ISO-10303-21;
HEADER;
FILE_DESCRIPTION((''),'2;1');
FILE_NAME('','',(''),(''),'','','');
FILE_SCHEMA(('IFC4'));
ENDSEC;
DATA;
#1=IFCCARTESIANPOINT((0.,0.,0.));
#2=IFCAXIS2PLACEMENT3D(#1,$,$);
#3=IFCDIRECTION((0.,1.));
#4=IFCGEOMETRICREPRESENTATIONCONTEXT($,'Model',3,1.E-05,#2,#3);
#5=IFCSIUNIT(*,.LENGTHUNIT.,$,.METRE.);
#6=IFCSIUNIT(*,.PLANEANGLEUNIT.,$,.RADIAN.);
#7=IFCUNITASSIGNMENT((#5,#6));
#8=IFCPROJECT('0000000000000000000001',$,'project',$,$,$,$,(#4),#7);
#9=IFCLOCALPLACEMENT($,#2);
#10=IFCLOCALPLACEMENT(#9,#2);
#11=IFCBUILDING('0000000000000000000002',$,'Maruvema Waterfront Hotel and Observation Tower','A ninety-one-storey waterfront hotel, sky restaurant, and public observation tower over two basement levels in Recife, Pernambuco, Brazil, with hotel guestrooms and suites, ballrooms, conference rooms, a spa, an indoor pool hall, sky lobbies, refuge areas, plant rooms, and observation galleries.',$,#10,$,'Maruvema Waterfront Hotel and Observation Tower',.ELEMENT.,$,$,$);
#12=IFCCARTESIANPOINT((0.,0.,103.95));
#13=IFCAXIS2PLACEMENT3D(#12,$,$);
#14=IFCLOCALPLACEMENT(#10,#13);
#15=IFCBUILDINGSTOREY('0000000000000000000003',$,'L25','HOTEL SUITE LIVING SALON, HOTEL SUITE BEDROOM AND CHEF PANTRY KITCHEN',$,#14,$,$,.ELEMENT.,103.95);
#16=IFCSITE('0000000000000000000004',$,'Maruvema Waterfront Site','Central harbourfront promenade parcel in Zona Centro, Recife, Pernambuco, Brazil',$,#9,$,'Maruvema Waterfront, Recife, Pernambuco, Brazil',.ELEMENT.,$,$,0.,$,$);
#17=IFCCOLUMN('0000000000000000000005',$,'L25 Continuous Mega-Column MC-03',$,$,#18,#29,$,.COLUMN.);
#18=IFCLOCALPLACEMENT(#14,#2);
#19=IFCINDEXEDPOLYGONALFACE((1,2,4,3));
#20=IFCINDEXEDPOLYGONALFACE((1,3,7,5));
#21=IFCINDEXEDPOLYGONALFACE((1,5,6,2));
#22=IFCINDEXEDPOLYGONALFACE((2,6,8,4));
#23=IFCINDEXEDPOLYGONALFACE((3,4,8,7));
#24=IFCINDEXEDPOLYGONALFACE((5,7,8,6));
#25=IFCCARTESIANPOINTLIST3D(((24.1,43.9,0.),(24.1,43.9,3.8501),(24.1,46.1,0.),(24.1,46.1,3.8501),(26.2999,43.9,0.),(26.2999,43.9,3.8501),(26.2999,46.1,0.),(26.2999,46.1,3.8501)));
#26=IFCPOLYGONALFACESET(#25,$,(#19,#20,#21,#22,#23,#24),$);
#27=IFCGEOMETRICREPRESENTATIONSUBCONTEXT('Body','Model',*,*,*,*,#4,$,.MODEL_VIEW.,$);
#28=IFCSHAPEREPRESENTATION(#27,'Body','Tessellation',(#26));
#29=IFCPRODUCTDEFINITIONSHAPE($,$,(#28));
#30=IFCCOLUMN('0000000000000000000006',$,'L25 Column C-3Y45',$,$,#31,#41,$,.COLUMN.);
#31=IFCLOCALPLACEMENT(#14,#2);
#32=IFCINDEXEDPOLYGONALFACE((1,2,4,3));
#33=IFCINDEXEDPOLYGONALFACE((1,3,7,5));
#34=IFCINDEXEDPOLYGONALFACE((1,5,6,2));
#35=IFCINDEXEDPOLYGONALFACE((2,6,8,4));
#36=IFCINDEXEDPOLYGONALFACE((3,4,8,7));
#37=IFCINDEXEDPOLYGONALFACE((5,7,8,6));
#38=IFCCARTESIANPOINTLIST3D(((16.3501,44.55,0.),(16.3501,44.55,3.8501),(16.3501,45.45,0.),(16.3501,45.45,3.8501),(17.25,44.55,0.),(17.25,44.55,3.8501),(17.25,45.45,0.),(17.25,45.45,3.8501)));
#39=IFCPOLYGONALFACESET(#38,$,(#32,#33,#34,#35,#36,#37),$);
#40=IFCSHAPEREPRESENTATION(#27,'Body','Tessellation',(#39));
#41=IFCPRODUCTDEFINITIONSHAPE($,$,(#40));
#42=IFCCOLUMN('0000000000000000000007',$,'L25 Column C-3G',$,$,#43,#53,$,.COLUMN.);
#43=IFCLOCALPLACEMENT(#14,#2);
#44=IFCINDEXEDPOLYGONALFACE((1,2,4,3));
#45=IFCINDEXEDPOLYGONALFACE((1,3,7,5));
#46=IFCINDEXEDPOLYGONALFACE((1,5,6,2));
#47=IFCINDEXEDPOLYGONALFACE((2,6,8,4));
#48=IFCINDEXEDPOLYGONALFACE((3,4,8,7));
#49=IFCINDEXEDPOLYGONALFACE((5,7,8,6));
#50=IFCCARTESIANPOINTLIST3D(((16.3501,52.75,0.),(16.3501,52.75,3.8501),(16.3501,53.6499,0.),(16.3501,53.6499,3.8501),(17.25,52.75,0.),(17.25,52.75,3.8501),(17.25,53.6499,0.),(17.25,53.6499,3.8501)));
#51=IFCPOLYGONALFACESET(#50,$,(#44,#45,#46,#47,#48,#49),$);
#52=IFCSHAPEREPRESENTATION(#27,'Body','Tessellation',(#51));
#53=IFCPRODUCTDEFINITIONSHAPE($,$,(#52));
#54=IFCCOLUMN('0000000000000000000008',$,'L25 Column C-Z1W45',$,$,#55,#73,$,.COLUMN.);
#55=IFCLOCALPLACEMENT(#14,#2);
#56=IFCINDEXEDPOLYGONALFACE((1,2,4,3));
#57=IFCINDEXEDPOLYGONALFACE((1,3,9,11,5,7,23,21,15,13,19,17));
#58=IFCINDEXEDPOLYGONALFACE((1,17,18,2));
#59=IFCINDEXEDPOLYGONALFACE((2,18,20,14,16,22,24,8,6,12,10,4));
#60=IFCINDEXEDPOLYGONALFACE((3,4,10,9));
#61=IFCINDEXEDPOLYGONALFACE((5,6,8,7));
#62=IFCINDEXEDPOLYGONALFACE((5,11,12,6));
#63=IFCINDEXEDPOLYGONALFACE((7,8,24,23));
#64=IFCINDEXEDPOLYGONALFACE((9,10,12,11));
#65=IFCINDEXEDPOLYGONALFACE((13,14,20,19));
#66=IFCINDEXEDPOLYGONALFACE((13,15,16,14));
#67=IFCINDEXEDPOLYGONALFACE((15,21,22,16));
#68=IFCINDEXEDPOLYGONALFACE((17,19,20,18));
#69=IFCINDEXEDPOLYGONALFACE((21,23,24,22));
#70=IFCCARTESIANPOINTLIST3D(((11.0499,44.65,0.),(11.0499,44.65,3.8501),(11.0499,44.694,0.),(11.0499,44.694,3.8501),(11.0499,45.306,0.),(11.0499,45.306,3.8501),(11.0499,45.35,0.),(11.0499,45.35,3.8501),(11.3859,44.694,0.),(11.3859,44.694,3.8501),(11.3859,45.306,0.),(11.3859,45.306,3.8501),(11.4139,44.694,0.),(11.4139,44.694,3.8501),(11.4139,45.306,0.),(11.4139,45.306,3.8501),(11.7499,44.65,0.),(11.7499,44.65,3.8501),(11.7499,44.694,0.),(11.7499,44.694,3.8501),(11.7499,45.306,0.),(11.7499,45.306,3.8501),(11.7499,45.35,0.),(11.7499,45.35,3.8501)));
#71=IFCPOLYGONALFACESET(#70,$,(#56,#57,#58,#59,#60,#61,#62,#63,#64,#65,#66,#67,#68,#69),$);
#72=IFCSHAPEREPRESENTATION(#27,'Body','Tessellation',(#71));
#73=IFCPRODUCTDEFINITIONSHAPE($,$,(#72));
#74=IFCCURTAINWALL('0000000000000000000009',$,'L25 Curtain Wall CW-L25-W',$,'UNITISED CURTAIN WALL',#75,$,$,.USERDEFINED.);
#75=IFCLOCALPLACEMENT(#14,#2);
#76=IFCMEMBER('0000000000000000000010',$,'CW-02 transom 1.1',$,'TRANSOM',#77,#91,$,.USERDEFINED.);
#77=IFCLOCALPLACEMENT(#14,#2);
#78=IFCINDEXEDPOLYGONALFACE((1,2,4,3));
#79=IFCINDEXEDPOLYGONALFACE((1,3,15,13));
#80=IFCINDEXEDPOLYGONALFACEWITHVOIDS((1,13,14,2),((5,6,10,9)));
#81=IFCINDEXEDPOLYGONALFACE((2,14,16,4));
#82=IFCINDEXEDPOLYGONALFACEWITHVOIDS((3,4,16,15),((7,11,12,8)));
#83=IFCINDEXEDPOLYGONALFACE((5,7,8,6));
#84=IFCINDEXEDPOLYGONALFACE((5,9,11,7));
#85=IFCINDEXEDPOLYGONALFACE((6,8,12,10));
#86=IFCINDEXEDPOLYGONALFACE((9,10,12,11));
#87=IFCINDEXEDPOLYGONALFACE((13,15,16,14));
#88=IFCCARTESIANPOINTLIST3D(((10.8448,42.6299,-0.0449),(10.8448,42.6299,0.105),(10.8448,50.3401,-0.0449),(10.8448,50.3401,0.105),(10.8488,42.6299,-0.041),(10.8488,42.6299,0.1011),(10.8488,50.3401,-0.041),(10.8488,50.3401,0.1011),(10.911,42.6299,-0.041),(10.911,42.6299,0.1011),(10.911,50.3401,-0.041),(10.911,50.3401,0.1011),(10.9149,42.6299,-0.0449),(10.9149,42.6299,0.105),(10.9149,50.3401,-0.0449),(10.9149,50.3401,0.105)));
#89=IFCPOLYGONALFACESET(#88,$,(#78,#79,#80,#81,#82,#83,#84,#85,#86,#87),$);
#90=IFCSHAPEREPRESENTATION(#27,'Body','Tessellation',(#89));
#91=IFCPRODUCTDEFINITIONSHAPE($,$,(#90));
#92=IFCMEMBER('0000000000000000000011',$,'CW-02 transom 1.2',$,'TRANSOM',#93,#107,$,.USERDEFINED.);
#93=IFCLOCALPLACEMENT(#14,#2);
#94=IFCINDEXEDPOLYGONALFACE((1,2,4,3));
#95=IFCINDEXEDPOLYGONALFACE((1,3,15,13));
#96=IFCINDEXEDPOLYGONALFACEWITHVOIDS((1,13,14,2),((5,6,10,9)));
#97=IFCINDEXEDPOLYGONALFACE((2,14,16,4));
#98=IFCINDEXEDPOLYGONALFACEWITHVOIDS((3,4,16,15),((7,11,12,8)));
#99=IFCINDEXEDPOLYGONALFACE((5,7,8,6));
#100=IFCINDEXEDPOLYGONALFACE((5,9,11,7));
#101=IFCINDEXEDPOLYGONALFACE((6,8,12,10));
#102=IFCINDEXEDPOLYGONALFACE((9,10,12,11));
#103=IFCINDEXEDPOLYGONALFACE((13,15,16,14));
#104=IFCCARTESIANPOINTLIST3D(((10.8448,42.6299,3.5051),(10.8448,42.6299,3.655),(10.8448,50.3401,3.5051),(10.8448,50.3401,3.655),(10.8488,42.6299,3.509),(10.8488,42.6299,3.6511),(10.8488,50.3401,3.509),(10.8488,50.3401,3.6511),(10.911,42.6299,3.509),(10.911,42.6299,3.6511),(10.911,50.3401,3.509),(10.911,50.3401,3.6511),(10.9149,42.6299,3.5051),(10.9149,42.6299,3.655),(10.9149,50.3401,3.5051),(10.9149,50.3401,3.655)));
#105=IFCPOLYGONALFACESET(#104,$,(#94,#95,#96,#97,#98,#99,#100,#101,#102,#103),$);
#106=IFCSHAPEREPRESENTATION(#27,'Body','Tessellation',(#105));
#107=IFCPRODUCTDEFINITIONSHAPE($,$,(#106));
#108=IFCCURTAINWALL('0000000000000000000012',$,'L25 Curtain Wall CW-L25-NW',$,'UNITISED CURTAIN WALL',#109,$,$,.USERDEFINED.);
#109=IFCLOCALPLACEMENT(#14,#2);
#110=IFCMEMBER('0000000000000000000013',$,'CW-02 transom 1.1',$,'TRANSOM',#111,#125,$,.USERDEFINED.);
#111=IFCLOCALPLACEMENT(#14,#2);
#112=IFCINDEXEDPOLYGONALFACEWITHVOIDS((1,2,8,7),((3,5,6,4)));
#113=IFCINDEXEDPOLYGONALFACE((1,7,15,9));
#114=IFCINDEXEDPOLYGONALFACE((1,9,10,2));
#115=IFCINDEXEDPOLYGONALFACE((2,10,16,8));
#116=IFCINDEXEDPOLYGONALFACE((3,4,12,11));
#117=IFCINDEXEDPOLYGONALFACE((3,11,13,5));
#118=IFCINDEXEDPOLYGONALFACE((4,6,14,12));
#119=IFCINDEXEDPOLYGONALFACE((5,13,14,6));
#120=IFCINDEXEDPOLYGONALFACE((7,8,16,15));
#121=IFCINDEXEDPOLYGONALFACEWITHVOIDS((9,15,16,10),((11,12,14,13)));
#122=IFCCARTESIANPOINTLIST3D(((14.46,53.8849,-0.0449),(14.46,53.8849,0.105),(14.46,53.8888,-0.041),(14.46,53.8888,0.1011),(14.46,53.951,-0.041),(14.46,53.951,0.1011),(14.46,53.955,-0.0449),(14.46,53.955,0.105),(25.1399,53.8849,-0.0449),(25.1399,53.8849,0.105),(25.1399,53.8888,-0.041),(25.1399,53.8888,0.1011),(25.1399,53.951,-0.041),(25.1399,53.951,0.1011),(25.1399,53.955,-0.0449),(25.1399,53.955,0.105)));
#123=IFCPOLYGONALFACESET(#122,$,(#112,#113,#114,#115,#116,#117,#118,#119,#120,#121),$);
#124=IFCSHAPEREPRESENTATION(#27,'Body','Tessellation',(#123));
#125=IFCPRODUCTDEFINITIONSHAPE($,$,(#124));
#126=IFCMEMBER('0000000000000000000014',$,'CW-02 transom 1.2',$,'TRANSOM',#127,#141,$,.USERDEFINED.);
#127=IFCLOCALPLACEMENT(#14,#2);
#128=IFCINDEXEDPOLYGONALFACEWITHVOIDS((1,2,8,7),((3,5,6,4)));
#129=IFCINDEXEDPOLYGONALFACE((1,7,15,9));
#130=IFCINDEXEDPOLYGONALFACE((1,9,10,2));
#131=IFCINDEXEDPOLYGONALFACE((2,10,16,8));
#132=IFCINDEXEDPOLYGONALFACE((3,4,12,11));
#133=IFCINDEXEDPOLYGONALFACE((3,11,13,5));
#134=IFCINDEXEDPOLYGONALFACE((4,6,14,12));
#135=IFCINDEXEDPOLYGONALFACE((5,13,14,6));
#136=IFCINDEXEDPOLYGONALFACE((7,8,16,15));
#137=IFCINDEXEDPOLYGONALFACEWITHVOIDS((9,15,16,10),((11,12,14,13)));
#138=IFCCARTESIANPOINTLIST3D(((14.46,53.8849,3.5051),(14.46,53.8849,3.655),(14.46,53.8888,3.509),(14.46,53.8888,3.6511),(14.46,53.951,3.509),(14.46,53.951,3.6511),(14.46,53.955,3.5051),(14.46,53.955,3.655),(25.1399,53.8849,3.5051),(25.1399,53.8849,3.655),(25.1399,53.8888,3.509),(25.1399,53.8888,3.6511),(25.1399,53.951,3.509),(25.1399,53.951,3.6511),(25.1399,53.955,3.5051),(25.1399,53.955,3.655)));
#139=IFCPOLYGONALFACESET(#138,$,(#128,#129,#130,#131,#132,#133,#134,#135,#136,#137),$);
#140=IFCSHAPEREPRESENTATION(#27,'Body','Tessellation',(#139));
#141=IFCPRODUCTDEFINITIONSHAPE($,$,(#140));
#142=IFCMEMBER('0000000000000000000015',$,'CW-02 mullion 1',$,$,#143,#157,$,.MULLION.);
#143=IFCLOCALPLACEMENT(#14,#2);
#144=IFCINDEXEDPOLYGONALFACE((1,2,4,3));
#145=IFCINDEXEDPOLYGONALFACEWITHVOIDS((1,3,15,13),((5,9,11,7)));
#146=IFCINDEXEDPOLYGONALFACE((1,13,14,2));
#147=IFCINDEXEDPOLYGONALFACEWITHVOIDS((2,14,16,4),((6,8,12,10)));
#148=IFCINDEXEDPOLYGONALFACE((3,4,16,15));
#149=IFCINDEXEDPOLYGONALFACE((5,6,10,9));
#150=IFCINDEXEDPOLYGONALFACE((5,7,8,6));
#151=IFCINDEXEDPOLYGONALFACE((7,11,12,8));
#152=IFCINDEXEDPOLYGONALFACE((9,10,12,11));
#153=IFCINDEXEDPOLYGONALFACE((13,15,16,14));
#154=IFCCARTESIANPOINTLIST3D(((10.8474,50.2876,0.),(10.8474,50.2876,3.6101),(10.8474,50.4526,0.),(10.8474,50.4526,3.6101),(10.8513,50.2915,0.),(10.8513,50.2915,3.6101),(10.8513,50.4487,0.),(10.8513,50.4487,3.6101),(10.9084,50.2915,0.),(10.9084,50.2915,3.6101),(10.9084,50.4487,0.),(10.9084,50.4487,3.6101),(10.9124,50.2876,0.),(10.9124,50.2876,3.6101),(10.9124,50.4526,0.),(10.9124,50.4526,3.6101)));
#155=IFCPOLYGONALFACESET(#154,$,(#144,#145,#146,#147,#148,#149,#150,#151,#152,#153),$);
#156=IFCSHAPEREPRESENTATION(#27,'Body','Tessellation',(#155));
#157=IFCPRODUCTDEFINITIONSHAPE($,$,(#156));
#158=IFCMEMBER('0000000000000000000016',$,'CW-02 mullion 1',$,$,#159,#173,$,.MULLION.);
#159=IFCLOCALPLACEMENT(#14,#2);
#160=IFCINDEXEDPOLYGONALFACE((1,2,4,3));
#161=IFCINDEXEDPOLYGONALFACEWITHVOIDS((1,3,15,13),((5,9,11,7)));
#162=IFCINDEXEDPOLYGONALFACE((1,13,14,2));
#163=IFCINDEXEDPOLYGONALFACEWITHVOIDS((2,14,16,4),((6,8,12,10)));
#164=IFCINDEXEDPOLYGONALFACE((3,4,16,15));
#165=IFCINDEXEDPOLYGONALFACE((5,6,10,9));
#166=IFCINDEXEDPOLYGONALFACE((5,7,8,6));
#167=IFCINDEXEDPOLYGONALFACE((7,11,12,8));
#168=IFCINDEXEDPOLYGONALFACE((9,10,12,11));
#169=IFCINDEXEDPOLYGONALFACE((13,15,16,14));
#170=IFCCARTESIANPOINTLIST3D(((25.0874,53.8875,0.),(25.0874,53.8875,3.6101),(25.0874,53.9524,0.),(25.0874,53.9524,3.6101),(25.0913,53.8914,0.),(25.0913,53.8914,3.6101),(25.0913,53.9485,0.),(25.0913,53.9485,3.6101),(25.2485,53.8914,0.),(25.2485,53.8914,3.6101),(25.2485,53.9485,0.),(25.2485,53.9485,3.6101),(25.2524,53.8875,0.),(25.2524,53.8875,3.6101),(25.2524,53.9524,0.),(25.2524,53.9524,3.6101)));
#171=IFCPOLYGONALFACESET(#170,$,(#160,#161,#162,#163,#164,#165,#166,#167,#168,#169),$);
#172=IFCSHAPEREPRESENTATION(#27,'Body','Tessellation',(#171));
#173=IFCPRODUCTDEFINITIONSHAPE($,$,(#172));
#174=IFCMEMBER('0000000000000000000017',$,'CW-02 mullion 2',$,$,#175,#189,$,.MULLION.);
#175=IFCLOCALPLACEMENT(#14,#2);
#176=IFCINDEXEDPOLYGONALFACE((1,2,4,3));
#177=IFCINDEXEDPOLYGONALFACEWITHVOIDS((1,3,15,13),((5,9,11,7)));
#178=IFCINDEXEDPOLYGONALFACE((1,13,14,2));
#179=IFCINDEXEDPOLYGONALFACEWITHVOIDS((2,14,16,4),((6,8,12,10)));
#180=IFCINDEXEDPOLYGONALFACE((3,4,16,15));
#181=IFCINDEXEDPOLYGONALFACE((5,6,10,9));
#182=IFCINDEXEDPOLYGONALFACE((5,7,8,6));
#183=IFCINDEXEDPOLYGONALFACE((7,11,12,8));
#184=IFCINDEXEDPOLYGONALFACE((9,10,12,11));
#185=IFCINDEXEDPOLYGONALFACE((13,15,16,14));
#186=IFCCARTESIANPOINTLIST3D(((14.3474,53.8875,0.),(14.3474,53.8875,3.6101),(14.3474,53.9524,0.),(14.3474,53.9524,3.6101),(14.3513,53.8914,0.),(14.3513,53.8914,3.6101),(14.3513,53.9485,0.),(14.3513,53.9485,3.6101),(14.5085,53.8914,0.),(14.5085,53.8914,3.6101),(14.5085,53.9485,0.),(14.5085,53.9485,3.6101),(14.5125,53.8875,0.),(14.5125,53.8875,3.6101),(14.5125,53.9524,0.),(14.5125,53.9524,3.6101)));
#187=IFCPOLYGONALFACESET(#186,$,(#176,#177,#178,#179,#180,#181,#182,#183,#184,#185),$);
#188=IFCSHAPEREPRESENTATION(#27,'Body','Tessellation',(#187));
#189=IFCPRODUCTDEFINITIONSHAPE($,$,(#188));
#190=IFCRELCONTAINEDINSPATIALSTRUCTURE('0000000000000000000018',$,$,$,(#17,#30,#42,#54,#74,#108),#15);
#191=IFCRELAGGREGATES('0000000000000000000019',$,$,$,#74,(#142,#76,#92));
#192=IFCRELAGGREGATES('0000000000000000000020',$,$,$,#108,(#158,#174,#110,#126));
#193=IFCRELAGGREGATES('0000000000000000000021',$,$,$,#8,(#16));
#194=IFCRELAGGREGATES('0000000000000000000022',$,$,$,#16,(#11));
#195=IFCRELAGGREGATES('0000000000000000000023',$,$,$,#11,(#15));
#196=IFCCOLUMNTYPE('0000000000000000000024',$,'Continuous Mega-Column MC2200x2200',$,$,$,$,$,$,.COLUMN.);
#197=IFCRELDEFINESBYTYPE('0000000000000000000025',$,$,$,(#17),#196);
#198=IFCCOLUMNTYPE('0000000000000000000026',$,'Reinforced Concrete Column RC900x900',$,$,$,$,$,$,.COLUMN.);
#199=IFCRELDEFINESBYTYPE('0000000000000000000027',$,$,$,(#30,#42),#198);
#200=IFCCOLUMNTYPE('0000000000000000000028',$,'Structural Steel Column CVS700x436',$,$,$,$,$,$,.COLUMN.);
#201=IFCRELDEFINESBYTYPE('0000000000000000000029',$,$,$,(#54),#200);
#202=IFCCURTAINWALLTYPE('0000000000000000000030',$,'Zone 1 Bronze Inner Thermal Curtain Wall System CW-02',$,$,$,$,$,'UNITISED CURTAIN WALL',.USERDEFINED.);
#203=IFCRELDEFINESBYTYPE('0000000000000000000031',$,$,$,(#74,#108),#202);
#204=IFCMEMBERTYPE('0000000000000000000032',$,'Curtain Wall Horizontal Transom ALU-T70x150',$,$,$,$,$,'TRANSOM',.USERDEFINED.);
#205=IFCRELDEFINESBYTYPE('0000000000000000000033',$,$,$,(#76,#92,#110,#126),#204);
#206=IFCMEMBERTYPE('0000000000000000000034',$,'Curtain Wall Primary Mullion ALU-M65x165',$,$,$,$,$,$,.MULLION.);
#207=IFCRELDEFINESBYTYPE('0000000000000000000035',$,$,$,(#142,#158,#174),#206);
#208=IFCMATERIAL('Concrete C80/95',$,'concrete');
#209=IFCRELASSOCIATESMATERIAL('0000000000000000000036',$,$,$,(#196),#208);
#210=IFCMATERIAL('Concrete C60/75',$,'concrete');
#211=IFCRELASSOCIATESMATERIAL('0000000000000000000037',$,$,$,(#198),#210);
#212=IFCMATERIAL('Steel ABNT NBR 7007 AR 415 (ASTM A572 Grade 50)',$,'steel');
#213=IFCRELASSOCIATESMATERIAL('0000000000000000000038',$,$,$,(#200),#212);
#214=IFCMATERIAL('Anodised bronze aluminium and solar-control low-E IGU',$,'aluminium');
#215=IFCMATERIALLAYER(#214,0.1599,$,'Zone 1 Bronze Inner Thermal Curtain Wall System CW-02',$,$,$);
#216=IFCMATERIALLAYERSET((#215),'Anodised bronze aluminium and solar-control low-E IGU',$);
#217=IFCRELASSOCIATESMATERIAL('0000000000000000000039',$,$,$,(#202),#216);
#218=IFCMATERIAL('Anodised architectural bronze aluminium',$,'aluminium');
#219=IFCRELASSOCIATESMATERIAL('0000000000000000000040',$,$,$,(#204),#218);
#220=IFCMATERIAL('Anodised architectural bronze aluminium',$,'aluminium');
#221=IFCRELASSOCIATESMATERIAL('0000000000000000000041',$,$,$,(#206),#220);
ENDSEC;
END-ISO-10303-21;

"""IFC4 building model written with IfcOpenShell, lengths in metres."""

from ifc_helpers import new_model, si_unit, direction, frame, origin, origin_2d, place, context, subcontext, project, spatial, rectangle, hollow_rectangle, i_section, extrude, material, layer, layer_set, material_profile, profile_set, type_object, element, aggregate, save


model = new_model("IFC4")

# Units and contexts
model_context = context("Model", 3, precision=1e-05, world=origin(), true_north=direction((0.0, 1.0)))
body_context = subcontext(model_context, "Body", "Model", "MODEL_VIEW")
ifc_project = project(units=[si_unit("LENGTHUNIT", "METRE"), si_unit("PLANEANGLEUNIT", "RADIAN")], contexts=[model_context])

# Site, building, storey
site_placement = place(None, origin())
site = spatial("IfcSite", under=ifc_project, at=site_placement, Name="Maruvema Waterfront Site", Description="Central harbourfront promenade parcel in Zona Centro, Recife, Pernambuco, Brazil", LongName="Maruvema Waterfront, Recife, Pernambuco, Brazil", CompositionType="ELEMENT", RefElevation=0.0)
building_placement = place(site_placement, origin())
building = spatial("IfcBuilding", under=site, at=building_placement, Name="Maruvema Waterfront Hotel and Observation Tower", Description="A ninety-one-storey waterfront hotel, sky restaurant, and public observation tower over two basement levels in Recife, Pernambuco, Brazil, with hotel guestrooms and suites, ballrooms, conference rooms, a spa, an indoor pool hall, sky lobbies, refuge areas, plant rooms, and observation galleries.", LongName="Maruvema Waterfront Hotel and Observation Tower", CompositionType="ELEMENT")
storey_placement = place(building_placement, frame((0.0, 0.0, 103.95)))
storey = spatial("IfcBuildingStorey", under=building, at=storey_placement, Name="L25", Description="HOTEL SUITE LIVING SALON, HOTEL SUITE BEDROOM AND CHEF PANTRY KITCHEN", CompositionType="ELEMENT", Elevation=103.95)

# Columns
ifc_material_1 = material(Name="Concrete C80/95", Category="concrete")
ifc_material_profile_1 = material_profile(ifc_material_1, rectangle(XDim=2.2, YDim=2.2, at=origin_2d()), Name="MC2200x2200")
ifc_profile_set_1 = profile_set([ifc_material_profile_1], Name="Concrete C80/95")
column_type_1 = type_object("IfcColumnType", Name="Continuous Mega-Column MC2200x2200", PredefinedType="COLUMN", material=ifc_profile_set_1)
column_1_placement = place(storey_placement, frame((25.2, 45.0, 0.0), z_axis=(0.0, 0.0, 1.0), x_axis=(1.0, 0.0, 0.0)))
element("IfcColumn", 1, at=column_1_placement, inside=storey, type_object=column_type_1, Name="L25 Continuous Mega-Column MC-03", PredefinedType="COLUMN", context=body_context, shape_type="SweptSolid", body=[
    extrude(rectangle(XDim=2.2, YDim=2.2, at=origin_2d()), origin(), (0.0, 0.0, 1.0), 3.8501),
])
ifc_material_2 = material(Name="Concrete C60/75", Category="concrete")
ifc_material_profile_2 = material_profile(ifc_material_2, rectangle(XDim=0.8999, YDim=0.8999, at=origin_2d()), Name="RC900x900")
ifc_profile_set_2 = profile_set([ifc_material_profile_2], Name="Concrete C60/75")
column_type_2 = type_object("IfcColumnType", Name="Reinforced Concrete Column RC900x900", PredefinedType="COLUMN", material=ifc_profile_set_2)
for number, where, z_axis, x_axis, name in (
    (2, (16.8, 45.0, 0.0), (0.0, 0.0, 1.0), (1.0, 0.0, 0.0), "L25 Column C-3Y45"),
    (3, (16.8, 53.2, 0.0), (0.0, 0.0, 1.0), (1.0, 0.0, 0.0), "L25 Column C-3G"),
):
    element("IfcColumn", number, at=place(storey_placement, frame(where, z_axis=z_axis, x_axis=x_axis)), inside=storey, type_object=column_type_2, Name=name, PredefinedType="COLUMN", context=body_context, shape_type="SweptSolid", body=[
        extrude(rectangle(XDim=0.8999, YDim=0.8999, at=origin_2d()), origin(), (0.0, 0.0, 1.0), 3.8501),
    ])
ifc_material_3 = material(Name="Steel ABNT NBR 7007 AR 415 (ASTM A572 Grade 50)", Category="steel")
ifc_material_profile_3 = material_profile(ifc_material_3, i_section(OverallWidth=0.7, OverallDepth=0.7, WebThickness=0.0281, FlangeThickness=0.0439, at=origin_2d()), Name="CVS700x436")
ifc_profile_set_3 = profile_set([ifc_material_profile_3], Name="Steel ABNT NBR 7007 AR 415 (ASTM A572 Grade 50)")
column_type_3 = type_object("IfcColumnType", Name="Structural Steel Column CVS700x436", PredefinedType="COLUMN", material=ifc_profile_set_3)
column_2_placement = place(storey_placement, frame((11.3999, 45.0, 0.0), z_axis=(0.0, 0.0, 1.0), x_axis=(1.0, 0.0, 0.0)))
element("IfcColumn", 4, at=column_2_placement, inside=storey, type_object=column_type_3, Name="L25 Column C-Z1W45", PredefinedType="COLUMN", context=body_context, shape_type="SweptSolid", body=[
    extrude(i_section(OverallWidth=0.7, OverallDepth=0.7, WebThickness=0.0281, FlangeThickness=0.0439, at=origin_2d()), origin(), (0.0, 0.0, 1.0), 3.8501),
])

# Curtain walls, members
ifc_material_4 = material(Name="Anodised bronze aluminium and solar-control low-E IGU", Category="aluminium")
ifc_layer_1 = layer(ifc_material_4, 0.1599, Name="Zone 1 Bronze Inner Thermal Curtain Wall System CW-02")
ifc_layer_set_1 = layer_set([ifc_layer_1], Name="Anodised bronze aluminium and solar-control low-E IGU")
curtain_wall_type = type_object("IfcCurtainWallType", Name="Zone 1 Bronze Inner Thermal Curtain Wall System CW-02", ElementType="UNITISED CURTAIN WALL", PredefinedType="USERDEFINED", material=ifc_layer_set_1)
curtain_wall_1_placement = place(storey_placement, origin())
curtain_wall_1 = element("IfcCurtainWall", 5, at=curtain_wall_1_placement, inside=storey, type_object=curtain_wall_type, Name="L25 Curtain Wall CW-L25-W", ObjectType="UNITISED CURTAIN WALL", PredefinedType="USERDEFINED")
ifc_material_5 = material(Name="Anodised architectural bronze aluminium", Category="aluminium")
ifc_material_profile_4 = material_profile(ifc_material_5, hollow_rectangle(XDim=0.0701, YDim=0.1499, WallThickness=0.0039, at=origin_2d()), Name="ALU-T70x150")
ifc_profile_set_4 = profile_set([ifc_material_profile_4], Name="Anodised architectural bronze aluminium")
member_type_1 = type_object("IfcMemberType", Name="Curtain Wall Horizontal Transom ALU-T70x150", ElementType="TRANSOM", PredefinedType="USERDEFINED", material=ifc_profile_set_4)
member_1_placement = place(storey_placement, frame((10.8799, 50.3401, 0.03), z_axis=(0.0, -1.0, 0.0), x_axis=(1.0, 0.0, 0.0)))
member_1 = element("IfcMember", 6, at=member_1_placement, type_object=member_type_1, Name="CW-02 transom 1.1", ObjectType="TRANSOM", PredefinedType="USERDEFINED", context=body_context, shape_type="SweptSolid", body=[
    extrude(hollow_rectangle(XDim=0.0701, YDim=0.1499, WallThickness=0.0039, at=origin_2d()), origin(), (0.0, 0.0, 1.0), 7.7102),
])
member_2_placement = place(storey_placement, frame((10.8799, 50.3401, 3.5801), z_axis=(0.0, -1.0, 0.0), x_axis=(1.0, 0.0, 0.0)))
member_2 = element("IfcMember", 7, at=member_2_placement, type_object=member_type_1, Name="CW-02 transom 1.2", ObjectType="TRANSOM", PredefinedType="USERDEFINED", context=body_context, shape_type="SweptSolid", body=[
    extrude(hollow_rectangle(XDim=0.0701, YDim=0.1499, WallThickness=0.0039, at=origin_2d()), origin(), (0.0, 0.0, 1.0), 7.7102),
])
curtain_wall_2_placement = place(storey_placement, origin())
curtain_wall_2 = element("IfcCurtainWall", 8, at=curtain_wall_2_placement, inside=storey, type_object=curtain_wall_type, Name="L25 Curtain Wall CW-L25-NW", ObjectType="UNITISED CURTAIN WALL", PredefinedType="USERDEFINED")
member_3_placement = place(storey_placement, frame((25.1399, 53.9199, 0.03), z_axis=(-1.0, 0.0, 0.0), x_axis=(0.0, -1.0, 0.0)))
member_3 = element("IfcMember", 9, at=member_3_placement, type_object=member_type_1, Name="CW-02 transom 1.1", ObjectType="TRANSOM", PredefinedType="USERDEFINED", context=body_context, shape_type="SweptSolid", body=[
    extrude(hollow_rectangle(XDim=0.0701, YDim=0.1499, WallThickness=0.0039, at=origin_2d()), origin(), (0.0, 0.0, 1.0), 10.6799),
])
member_4_placement = place(storey_placement, frame((25.1399, 53.9199, 3.5801), z_axis=(-1.0, 0.0, 0.0), x_axis=(0.0, -1.0, 0.0)))
member_4 = element("IfcMember", 10, at=member_4_placement, type_object=member_type_1, Name="CW-02 transom 1.2", ObjectType="TRANSOM", PredefinedType="USERDEFINED", context=body_context, shape_type="SweptSolid", body=[
    extrude(hollow_rectangle(XDim=0.0701, YDim=0.1499, WallThickness=0.0039, at=origin_2d()), origin(), (0.0, 0.0, 1.0), 10.6799),
])

# Members
ifc_material_6 = material(Name="Anodised architectural bronze aluminium", Category="aluminium")
ifc_material_profile_5 = material_profile(ifc_material_6, hollow_rectangle(XDim=0.0649, YDim=0.165, WallThickness=0.0039, at=origin_2d()), Name="ALU-M65x165")
ifc_profile_set_5 = profile_set([ifc_material_profile_5], Name="Anodised architectural bronze aluminium")
member_type_2 = type_object("IfcMemberType", Name="Curtain Wall Primary Mullion ALU-M65x165", PredefinedType="MULLION", material=ifc_profile_set_5)
member_5_placement = place(storey_placement, frame((10.8799, 50.3701, 0.0), z_axis=(0.0, 0.0, 1.0), x_axis=(1.0, 0.0, 0.0)))
member_5 = element("IfcMember", 11, at=member_5_placement, type_object=member_type_2, Name="CW-02 mullion 1", PredefinedType="MULLION", context=body_context, shape_type="SweptSolid", body=[
    extrude(hollow_rectangle(XDim=0.0649, YDim=0.165, WallThickness=0.0039, at=origin_2d()), origin(), (0.0, 0.0, 1.0), 3.6101),
])
member_6_placement = place(storey_placement, frame((25.1699, 53.9199, 0.0), z_axis=(0.0, 0.0, 1.0), x_axis=(0.0, -1.0, 0.0)))
member_6 = element("IfcMember", 12, at=member_6_placement, type_object=member_type_2, Name="CW-02 mullion 1", PredefinedType="MULLION", context=body_context, shape_type="SweptSolid", body=[
    extrude(hollow_rectangle(XDim=0.0649, YDim=0.165, WallThickness=0.0039, at=origin_2d()), origin(), (0.0, 0.0, 1.0), 3.6101),
])
member_7_placement = place(storey_placement, frame((14.4299, 53.9199, 0.0), z_axis=(0.0, 0.0, 1.0), x_axis=(0.0, -1.0, 0.0)))
member_7 = element("IfcMember", 13, at=member_7_placement, type_object=member_type_2, Name="CW-02 mullion 2", PredefinedType="MULLION", context=body_context, shape_type="SweptSolid", body=[
    extrude(hollow_rectangle(XDim=0.0649, YDim=0.165, WallThickness=0.0039, at=origin_2d()), origin(), (0.0, 0.0, 1.0), 3.6101),
])

aggregate(curtain_wall_1, [member_5, member_1, member_2])
aggregate(curtain_wall_2, [member_6, member_7, member_3, member_4])

save(model, "model.ifc")
